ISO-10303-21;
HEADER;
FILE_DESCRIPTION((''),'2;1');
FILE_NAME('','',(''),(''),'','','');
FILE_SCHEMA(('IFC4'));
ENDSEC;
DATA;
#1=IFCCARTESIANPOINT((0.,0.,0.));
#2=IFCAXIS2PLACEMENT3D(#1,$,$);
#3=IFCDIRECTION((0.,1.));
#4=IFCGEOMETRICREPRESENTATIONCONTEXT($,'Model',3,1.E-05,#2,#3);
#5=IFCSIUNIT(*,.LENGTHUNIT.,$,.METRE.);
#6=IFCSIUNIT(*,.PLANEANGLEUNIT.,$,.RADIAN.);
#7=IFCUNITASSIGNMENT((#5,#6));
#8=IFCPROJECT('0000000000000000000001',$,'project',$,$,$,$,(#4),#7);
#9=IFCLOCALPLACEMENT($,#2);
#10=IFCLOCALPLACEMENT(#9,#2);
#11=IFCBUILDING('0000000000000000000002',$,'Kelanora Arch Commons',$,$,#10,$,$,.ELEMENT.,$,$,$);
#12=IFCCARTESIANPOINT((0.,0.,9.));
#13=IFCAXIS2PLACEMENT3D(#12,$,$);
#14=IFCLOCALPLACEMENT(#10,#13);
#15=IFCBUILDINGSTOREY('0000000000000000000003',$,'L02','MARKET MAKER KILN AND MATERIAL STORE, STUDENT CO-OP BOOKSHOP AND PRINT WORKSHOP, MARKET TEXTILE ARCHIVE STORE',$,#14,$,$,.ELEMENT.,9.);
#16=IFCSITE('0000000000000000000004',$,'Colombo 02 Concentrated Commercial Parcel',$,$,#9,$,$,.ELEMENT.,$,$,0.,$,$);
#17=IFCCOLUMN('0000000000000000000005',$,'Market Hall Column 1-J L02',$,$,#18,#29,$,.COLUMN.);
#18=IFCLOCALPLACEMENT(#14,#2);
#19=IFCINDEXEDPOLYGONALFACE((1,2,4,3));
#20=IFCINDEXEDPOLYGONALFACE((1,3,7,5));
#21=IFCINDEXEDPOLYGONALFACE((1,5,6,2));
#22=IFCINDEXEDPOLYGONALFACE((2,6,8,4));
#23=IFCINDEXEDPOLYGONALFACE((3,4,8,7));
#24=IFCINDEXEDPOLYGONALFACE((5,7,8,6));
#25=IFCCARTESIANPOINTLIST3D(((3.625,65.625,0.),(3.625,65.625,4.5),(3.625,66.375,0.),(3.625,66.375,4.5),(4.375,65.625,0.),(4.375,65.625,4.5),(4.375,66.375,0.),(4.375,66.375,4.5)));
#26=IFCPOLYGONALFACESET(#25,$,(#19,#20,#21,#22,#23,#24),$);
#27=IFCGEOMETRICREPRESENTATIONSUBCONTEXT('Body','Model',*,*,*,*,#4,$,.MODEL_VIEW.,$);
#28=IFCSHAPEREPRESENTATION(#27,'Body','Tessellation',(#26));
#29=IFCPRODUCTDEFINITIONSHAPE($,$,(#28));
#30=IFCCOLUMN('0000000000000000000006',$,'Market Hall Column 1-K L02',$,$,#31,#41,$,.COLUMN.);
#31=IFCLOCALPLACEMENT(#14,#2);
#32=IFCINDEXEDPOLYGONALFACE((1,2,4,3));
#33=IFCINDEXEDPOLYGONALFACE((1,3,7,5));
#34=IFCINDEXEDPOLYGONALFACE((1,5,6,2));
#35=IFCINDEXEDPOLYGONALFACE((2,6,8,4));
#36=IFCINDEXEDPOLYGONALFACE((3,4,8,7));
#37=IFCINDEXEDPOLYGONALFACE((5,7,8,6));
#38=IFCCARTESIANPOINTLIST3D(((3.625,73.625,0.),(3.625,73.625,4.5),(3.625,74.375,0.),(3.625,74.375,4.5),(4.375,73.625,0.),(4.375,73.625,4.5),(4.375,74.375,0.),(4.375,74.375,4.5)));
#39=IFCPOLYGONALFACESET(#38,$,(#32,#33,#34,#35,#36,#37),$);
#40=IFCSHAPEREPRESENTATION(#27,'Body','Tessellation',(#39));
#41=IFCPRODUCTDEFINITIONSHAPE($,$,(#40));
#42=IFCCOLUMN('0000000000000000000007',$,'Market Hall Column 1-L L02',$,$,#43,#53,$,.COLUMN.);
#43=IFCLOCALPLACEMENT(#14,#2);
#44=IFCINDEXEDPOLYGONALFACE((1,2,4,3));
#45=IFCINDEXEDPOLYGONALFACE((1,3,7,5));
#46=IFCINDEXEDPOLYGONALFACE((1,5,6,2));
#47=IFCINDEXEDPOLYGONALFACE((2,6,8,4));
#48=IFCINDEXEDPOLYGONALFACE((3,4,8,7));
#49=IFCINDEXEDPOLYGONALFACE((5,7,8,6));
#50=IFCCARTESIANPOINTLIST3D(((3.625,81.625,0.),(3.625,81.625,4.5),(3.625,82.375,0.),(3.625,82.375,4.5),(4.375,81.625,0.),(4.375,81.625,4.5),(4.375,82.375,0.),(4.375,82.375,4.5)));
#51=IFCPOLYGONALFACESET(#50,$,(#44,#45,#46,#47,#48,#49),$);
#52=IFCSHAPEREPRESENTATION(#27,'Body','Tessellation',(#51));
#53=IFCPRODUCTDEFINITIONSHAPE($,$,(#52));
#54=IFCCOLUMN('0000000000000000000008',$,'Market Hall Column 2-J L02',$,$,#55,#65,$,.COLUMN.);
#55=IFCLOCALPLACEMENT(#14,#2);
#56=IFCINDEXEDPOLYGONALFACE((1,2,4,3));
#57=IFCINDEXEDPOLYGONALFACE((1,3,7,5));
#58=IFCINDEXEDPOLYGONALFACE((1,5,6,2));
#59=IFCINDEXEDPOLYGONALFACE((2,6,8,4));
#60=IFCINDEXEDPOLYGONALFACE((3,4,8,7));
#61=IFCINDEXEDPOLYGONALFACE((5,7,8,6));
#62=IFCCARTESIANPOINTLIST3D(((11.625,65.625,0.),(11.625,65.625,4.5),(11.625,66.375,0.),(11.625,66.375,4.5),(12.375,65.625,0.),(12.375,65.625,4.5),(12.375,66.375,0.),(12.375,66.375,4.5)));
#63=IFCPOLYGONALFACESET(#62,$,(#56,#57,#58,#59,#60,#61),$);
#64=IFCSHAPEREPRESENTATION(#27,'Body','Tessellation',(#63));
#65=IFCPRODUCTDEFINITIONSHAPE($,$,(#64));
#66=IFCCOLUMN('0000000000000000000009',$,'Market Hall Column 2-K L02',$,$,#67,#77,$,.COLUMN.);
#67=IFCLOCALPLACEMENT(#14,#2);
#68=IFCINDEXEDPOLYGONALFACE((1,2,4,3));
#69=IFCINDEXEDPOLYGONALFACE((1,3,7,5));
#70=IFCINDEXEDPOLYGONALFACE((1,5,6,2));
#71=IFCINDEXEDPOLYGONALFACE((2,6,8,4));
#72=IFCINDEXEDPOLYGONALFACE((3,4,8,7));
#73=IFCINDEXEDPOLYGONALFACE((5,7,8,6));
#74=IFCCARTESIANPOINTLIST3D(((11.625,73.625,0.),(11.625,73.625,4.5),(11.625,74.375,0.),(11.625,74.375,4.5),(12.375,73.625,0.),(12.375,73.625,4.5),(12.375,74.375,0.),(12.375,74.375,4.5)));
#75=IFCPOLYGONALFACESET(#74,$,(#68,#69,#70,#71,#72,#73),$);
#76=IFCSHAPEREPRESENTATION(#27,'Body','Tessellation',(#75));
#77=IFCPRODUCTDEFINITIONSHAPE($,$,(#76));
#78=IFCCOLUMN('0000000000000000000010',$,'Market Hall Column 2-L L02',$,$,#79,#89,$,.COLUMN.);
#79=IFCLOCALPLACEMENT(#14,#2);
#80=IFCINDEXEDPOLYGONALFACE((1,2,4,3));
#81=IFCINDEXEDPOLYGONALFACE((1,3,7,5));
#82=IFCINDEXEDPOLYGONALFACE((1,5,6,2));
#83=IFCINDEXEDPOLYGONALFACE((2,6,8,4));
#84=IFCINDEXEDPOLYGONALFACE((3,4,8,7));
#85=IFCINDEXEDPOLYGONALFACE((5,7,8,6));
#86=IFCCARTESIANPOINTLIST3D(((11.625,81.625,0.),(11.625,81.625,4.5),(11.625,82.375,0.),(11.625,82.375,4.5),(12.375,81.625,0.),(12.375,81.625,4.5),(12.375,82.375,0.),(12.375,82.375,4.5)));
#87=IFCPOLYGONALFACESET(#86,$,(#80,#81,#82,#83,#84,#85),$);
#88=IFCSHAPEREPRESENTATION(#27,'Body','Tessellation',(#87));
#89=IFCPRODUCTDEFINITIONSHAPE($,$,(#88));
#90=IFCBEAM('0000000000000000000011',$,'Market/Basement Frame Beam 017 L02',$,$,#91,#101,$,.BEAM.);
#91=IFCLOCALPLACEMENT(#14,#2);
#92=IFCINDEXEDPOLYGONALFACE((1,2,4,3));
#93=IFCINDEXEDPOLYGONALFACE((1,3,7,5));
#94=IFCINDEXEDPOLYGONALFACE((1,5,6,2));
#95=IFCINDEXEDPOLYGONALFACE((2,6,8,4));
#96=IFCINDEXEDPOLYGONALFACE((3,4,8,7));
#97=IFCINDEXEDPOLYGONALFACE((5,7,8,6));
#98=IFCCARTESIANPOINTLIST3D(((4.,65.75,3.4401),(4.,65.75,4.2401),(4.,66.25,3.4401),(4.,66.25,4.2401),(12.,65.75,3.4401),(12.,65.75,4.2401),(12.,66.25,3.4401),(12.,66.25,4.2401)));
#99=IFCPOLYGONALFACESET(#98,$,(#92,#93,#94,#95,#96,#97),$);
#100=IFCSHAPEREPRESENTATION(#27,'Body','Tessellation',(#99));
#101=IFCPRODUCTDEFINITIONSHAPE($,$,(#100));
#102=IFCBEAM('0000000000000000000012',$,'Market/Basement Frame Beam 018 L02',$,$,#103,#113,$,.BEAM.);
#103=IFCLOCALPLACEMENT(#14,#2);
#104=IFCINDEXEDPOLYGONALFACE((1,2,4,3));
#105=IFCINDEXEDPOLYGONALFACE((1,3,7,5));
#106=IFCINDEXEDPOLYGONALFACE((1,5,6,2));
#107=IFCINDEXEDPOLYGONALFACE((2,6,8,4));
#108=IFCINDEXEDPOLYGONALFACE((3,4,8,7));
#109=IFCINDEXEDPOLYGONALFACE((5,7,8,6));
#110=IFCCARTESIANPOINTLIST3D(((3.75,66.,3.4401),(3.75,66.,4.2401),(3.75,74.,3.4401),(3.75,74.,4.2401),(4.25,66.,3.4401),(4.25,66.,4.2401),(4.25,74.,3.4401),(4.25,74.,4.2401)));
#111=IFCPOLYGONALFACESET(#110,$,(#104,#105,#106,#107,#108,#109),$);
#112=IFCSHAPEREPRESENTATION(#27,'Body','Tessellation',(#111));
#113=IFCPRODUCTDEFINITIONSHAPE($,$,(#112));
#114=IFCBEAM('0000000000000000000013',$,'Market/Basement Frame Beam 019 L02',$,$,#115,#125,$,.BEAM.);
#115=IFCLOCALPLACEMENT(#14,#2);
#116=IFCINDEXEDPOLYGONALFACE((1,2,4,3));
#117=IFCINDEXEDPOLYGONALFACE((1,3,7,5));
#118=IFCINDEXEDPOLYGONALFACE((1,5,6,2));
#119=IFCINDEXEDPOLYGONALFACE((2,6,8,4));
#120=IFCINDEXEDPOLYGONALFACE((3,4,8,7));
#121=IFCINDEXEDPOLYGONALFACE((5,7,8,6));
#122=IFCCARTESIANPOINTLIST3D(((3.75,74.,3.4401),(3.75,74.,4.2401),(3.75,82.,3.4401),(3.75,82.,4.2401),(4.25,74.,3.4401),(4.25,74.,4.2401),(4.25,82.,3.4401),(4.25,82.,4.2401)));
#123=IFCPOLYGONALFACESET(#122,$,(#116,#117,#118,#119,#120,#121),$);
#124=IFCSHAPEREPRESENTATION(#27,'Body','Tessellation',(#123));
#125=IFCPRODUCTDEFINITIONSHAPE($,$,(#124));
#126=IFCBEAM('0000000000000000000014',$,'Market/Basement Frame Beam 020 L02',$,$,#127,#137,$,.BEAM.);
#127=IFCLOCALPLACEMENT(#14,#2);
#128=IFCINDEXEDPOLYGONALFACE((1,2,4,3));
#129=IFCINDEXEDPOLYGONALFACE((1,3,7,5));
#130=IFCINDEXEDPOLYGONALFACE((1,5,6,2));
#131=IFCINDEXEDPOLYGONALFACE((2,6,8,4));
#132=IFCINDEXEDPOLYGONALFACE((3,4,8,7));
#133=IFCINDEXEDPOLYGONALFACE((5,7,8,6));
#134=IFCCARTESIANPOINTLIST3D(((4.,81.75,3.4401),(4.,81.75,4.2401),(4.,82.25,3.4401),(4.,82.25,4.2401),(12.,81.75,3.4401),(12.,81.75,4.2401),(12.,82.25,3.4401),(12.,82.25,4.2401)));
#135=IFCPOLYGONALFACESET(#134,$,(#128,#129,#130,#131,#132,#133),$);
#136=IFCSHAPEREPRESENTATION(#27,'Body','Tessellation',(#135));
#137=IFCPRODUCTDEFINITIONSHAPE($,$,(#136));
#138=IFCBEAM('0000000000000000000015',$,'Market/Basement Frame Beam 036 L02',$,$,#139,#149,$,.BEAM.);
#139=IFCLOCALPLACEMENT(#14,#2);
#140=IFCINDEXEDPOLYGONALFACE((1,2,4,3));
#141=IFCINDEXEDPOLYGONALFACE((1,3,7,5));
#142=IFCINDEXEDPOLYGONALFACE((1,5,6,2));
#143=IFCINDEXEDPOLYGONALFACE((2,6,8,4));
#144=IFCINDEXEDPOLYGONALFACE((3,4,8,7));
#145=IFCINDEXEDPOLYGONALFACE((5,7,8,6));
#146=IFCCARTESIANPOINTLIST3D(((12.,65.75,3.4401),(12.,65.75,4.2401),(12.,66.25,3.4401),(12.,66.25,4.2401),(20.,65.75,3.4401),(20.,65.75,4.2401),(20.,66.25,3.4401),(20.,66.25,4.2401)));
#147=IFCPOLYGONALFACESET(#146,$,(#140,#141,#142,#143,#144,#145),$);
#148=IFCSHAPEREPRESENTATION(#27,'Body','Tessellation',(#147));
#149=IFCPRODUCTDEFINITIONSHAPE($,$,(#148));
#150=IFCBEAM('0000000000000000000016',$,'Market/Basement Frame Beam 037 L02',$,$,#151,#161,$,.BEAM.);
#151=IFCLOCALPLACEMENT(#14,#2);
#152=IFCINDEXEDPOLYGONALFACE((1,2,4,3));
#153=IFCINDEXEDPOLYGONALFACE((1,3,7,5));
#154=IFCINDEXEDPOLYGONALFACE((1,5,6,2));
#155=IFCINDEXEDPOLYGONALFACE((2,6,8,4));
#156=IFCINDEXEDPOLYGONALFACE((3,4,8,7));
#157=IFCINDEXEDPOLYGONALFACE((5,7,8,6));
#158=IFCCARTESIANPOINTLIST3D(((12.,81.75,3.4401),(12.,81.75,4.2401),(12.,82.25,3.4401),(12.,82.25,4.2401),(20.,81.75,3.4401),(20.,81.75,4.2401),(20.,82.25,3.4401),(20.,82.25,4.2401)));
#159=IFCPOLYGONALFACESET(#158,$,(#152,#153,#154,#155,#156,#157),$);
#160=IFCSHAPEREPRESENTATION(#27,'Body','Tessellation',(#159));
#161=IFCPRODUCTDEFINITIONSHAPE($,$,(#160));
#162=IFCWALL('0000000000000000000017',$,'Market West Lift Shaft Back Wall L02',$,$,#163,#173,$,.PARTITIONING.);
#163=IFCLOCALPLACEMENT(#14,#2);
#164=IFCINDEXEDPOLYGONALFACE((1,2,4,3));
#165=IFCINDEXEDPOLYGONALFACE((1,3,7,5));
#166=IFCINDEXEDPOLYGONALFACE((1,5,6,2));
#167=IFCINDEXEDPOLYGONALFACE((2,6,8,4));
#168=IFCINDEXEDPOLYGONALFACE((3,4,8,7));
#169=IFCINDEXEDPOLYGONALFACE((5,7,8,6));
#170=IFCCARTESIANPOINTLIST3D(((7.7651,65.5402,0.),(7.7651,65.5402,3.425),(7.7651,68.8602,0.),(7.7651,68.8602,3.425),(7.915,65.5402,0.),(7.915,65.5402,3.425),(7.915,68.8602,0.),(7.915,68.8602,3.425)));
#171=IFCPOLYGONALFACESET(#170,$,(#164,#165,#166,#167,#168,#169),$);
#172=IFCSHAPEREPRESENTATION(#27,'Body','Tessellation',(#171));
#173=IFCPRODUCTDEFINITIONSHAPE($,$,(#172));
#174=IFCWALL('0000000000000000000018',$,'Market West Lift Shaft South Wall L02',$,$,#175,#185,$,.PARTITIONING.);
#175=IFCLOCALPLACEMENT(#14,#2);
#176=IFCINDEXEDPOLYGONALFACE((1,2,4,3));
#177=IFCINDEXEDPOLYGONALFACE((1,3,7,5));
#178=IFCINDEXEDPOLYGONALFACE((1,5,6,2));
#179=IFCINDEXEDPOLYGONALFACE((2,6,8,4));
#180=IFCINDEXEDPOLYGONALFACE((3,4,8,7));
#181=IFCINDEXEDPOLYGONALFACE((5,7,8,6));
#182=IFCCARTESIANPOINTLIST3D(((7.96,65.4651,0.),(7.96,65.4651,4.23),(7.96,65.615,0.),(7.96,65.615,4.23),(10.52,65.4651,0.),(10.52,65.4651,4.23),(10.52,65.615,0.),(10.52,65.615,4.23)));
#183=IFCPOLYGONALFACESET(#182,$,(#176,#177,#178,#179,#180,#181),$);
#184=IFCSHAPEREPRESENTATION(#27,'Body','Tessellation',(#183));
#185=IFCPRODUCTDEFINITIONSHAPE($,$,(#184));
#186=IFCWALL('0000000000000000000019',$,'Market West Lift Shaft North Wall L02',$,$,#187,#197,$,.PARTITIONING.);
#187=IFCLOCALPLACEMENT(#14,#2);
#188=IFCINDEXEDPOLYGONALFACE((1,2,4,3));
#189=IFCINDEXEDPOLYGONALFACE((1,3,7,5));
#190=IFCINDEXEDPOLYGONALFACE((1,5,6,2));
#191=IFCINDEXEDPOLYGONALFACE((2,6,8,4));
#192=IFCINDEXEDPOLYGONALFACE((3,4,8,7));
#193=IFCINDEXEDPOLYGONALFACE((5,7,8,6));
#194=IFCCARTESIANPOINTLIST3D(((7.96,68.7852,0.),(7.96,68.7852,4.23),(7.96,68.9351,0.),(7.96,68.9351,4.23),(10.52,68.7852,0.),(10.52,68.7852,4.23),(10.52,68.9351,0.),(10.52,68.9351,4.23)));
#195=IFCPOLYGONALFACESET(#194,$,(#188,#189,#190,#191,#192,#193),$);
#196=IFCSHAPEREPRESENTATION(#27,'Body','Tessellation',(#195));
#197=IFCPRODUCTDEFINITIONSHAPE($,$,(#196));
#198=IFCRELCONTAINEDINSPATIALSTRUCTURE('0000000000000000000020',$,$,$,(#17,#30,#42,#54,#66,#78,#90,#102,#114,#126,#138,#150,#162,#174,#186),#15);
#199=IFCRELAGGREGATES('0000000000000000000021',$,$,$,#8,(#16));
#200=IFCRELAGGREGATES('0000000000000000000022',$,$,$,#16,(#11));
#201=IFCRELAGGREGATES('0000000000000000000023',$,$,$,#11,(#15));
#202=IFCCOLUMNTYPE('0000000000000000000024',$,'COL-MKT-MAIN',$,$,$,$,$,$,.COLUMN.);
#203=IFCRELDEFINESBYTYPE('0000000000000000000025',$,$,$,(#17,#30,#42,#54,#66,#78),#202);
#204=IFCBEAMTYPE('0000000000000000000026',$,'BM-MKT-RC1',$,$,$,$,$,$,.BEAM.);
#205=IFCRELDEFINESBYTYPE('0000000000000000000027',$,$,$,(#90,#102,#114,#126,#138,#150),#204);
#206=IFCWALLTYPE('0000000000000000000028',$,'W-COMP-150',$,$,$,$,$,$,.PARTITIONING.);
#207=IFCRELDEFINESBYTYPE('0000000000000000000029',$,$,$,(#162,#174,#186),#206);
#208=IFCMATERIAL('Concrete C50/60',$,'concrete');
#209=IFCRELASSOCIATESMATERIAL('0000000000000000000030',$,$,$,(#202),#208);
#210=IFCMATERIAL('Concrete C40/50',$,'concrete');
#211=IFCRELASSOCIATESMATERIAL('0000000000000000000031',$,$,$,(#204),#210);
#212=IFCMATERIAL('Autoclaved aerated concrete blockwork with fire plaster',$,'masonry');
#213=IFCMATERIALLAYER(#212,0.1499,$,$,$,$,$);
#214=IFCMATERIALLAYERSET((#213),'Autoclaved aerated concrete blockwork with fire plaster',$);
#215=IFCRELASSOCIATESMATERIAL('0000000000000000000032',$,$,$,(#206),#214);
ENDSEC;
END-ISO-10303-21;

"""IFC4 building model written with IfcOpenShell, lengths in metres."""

from ifc_helpers import new_model, si_unit, direction, frame, frame_2d, origin, origin_2d, place, context, subcontext, project, spatial, rectangle, extrude, material, layer, layer_set, material_profile, profile_set, type_object, element, save


model = new_model("IFC4")

# Units and contexts
model_context = context("Model", 3, precision=1e-05, world=origin(), true_north=direction((0.0, 1.0)))
body_context = subcontext(model_context, "Body", "Model", "MODEL_VIEW")
ifc_project = project(units=[si_unit("LENGTHUNIT", "METRE"), si_unit("PLANEANGLEUNIT", "RADIAN")], contexts=[model_context])

# Site, building, storey
site_placement = place(None, origin())
site = spatial("IfcSite", under=ifc_project, at=site_placement, Name="Colombo 02 Concentrated Commercial Parcel", CompositionType="ELEMENT", RefElevation=0.0)
building_placement = place(site_placement, origin())
building = spatial("IfcBuilding", under=site, at=building_placement, Name="Kelanora Arch Commons", CompositionType="ELEMENT")
storey_placement = place(building_placement, frame((0.0, 0.0, 9.0)))
storey = spatial("IfcBuildingStorey", under=building, at=storey_placement, Name="L02", Description="MARKET MAKER KILN AND MATERIAL STORE, STUDENT CO-OP BOOKSHOP AND PRINT WORKSHOP, MARKET TEXTILE ARCHIVE STORE", CompositionType="ELEMENT", Elevation=9.0)

# Columns
ifc_material_1 = material(Name="Concrete C50/60", Category="concrete")
ifc_material_profile_1 = material_profile(ifc_material_1, rectangle(XDim=0.75, YDim=0.75, at=origin_2d()), Name="RC750x750")
ifc_profile_set_1 = profile_set([ifc_material_profile_1], Name="Concrete C50/60")
column_type = type_object("IfcColumnType", Name="COL-MKT-MAIN", PredefinedType="COLUMN", material=ifc_profile_set_1)
for number, where, z_axis, x_axis, name in (
    (1, (4.0, 66.0, 0.0), (0.0, 0.0, 1.0), (1.0, 0.0, 0.0), "Market Hall Column 1-J L02"),
    (2, (4.0, 74.0, 0.0), (0.0, 0.0, 1.0), (1.0, 0.0, 0.0), "Market Hall Column 1-K L02"),
    (3, (4.0, 82.0, 0.0), (0.0, 0.0, 1.0), (1.0, 0.0, 0.0), "Market Hall Column 1-L L02"),
    (4, (12.0, 66.0, 0.0), (0.0, 0.0, 1.0), (1.0, 0.0, 0.0), "Market Hall Column 2-J L02"),
    (5, (12.0, 74.0, 0.0), (0.0, 0.0, 1.0), (1.0, 0.0, 0.0), "Market Hall Column 2-K L02"),
    (6, (12.0, 82.0, 0.0), (0.0, 0.0, 1.0), (1.0, 0.0, 0.0), "Market Hall Column 2-L L02"),
):
    element("IfcColumn", number, at=place(storey_placement, frame(where, z_axis=z_axis, x_axis=x_axis)), inside=storey, type_object=column_type, Name=name, PredefinedType="COLUMN", context=body_context, shape_type="SweptSolid", body=[
        extrude(rectangle(XDim=0.75, YDim=0.75, at=origin_2d()), origin(), (0.0, 0.0, 1.0), 4.5),
    ])

# Beams
ifc_material_2 = material(Name="Concrete C40/50", Category="concrete")
ifc_material_profile_2 = material_profile(ifc_material_2, rectangle(XDim=0.5, YDim=0.8, at=origin_2d()), Name="RCB500x800")
ifc_profile_set_2 = profile_set([ifc_material_profile_2], Name="Concrete C40/50")
beam_type = type_object("IfcBeamType", Name="BM-MKT-RC1", PredefinedType="BEAM", material=ifc_profile_set_2)
for number, where, z_axis, x_axis, name in (
    (7, (4.0, 66.0, 3.8401), (1.0, 0.0, 0.0), (0.0, 1.0, 0.0), "Market/Basement Frame Beam 017 L02"),
    (8, (4.0, 66.0, 3.8401), (0.0, 1.0, 0.0), (-1.0, 0.0, 0.0), "Market/Basement Frame Beam 018 L02"),
    (9, (4.0, 74.0, 3.8401), (0.0, 1.0, 0.0), (-1.0, 0.0, 0.0), "Market/Basement Frame Beam 019 L02"),
    (10, (4.0, 82.0, 3.8401), (1.0, 0.0, 0.0), (0.0, 1.0, 0.0), "Market/Basement Frame Beam 020 L02"),
    (11, (12.0, 66.0, 3.8401), (1.0, 0.0, 0.0), (0.0, 1.0, 0.0), "Market/Basement Frame Beam 036 L02"),
    (12, (12.0, 82.0, 3.8401), (1.0, 0.0, 0.0), (0.0, 1.0, 0.0), "Market/Basement Frame Beam 037 L02"),
):
    element("IfcBeam", number, at=place(storey_placement, frame(where, z_axis=z_axis, x_axis=x_axis)), inside=storey, type_object=beam_type, Name=name, PredefinedType="BEAM", context=body_context, shape_type="SweptSolid", body=[
        extrude(rectangle(XDim=0.5, YDim=0.8, at=origin_2d()), origin(), (0.0, 0.0, 1.0), 8.0),
    ])

# Walls
ifc_material_3 = material(Name="Autoclaved aerated concrete blockwork with fire plaster", Category="masonry")
ifc_layer_1 = layer(ifc_material_3, 0.1499)
ifc_layer_set_1 = layer_set([ifc_layer_1], Name="Autoclaved aerated concrete blockwork with fire plaster")
wall_type_1 = type_object("IfcWallType", Name="W-COMP-150", PredefinedType="PARTITIONING", material=ifc_layer_set_1)
wall_1_placement = place(storey_placement, frame((7.8401, 65.54, 0.0), z_axis=(0.0, 0.0, 1.0), x_axis=(0.0, 1.0, 0.0)))
element("IfcWall", 13, at=wall_1_placement, inside=storey, type_object=wall_type_1, Name="Market West Lift Shaft Back Wall L02", PredefinedType="PARTITIONING", context=body_context, shape_type="SweptSolid", body=[
    extrude(rectangle(XDim=3.3201, YDim=0.1499, at=frame_2d((1.6602, 0.0))), origin(), (0.0, 0.0, 1.0), 3.425),
])
for number, where, z_axis, x_axis, name in (
    (14, (7.96, 65.54, 0.0), (0.0, 0.0, 1.0), (1.0, 0.0, 0.0), "Market West Lift Shaft South Wall L02"),
    (15, (7.96, 68.8601, 0.0), (0.0, 0.0, 1.0), (1.0, 0.0, 0.0), "Market West Lift Shaft North Wall L02"),
):
    element("IfcWall", number, at=place(storey_placement, frame(where, z_axis=z_axis, x_axis=x_axis)), inside=storey, type_object=wall_type_1, Name=name, PredefinedType="PARTITIONING", context=body_context, shape_type="SweptSolid", body=[
        extrude(rectangle(XDim=2.5601, YDim=0.1499, at=frame_2d((1.28, 0.0))), origin(), (0.0, 0.0, 1.0), 4.23),
    ])

save(model, "model.ifc")
